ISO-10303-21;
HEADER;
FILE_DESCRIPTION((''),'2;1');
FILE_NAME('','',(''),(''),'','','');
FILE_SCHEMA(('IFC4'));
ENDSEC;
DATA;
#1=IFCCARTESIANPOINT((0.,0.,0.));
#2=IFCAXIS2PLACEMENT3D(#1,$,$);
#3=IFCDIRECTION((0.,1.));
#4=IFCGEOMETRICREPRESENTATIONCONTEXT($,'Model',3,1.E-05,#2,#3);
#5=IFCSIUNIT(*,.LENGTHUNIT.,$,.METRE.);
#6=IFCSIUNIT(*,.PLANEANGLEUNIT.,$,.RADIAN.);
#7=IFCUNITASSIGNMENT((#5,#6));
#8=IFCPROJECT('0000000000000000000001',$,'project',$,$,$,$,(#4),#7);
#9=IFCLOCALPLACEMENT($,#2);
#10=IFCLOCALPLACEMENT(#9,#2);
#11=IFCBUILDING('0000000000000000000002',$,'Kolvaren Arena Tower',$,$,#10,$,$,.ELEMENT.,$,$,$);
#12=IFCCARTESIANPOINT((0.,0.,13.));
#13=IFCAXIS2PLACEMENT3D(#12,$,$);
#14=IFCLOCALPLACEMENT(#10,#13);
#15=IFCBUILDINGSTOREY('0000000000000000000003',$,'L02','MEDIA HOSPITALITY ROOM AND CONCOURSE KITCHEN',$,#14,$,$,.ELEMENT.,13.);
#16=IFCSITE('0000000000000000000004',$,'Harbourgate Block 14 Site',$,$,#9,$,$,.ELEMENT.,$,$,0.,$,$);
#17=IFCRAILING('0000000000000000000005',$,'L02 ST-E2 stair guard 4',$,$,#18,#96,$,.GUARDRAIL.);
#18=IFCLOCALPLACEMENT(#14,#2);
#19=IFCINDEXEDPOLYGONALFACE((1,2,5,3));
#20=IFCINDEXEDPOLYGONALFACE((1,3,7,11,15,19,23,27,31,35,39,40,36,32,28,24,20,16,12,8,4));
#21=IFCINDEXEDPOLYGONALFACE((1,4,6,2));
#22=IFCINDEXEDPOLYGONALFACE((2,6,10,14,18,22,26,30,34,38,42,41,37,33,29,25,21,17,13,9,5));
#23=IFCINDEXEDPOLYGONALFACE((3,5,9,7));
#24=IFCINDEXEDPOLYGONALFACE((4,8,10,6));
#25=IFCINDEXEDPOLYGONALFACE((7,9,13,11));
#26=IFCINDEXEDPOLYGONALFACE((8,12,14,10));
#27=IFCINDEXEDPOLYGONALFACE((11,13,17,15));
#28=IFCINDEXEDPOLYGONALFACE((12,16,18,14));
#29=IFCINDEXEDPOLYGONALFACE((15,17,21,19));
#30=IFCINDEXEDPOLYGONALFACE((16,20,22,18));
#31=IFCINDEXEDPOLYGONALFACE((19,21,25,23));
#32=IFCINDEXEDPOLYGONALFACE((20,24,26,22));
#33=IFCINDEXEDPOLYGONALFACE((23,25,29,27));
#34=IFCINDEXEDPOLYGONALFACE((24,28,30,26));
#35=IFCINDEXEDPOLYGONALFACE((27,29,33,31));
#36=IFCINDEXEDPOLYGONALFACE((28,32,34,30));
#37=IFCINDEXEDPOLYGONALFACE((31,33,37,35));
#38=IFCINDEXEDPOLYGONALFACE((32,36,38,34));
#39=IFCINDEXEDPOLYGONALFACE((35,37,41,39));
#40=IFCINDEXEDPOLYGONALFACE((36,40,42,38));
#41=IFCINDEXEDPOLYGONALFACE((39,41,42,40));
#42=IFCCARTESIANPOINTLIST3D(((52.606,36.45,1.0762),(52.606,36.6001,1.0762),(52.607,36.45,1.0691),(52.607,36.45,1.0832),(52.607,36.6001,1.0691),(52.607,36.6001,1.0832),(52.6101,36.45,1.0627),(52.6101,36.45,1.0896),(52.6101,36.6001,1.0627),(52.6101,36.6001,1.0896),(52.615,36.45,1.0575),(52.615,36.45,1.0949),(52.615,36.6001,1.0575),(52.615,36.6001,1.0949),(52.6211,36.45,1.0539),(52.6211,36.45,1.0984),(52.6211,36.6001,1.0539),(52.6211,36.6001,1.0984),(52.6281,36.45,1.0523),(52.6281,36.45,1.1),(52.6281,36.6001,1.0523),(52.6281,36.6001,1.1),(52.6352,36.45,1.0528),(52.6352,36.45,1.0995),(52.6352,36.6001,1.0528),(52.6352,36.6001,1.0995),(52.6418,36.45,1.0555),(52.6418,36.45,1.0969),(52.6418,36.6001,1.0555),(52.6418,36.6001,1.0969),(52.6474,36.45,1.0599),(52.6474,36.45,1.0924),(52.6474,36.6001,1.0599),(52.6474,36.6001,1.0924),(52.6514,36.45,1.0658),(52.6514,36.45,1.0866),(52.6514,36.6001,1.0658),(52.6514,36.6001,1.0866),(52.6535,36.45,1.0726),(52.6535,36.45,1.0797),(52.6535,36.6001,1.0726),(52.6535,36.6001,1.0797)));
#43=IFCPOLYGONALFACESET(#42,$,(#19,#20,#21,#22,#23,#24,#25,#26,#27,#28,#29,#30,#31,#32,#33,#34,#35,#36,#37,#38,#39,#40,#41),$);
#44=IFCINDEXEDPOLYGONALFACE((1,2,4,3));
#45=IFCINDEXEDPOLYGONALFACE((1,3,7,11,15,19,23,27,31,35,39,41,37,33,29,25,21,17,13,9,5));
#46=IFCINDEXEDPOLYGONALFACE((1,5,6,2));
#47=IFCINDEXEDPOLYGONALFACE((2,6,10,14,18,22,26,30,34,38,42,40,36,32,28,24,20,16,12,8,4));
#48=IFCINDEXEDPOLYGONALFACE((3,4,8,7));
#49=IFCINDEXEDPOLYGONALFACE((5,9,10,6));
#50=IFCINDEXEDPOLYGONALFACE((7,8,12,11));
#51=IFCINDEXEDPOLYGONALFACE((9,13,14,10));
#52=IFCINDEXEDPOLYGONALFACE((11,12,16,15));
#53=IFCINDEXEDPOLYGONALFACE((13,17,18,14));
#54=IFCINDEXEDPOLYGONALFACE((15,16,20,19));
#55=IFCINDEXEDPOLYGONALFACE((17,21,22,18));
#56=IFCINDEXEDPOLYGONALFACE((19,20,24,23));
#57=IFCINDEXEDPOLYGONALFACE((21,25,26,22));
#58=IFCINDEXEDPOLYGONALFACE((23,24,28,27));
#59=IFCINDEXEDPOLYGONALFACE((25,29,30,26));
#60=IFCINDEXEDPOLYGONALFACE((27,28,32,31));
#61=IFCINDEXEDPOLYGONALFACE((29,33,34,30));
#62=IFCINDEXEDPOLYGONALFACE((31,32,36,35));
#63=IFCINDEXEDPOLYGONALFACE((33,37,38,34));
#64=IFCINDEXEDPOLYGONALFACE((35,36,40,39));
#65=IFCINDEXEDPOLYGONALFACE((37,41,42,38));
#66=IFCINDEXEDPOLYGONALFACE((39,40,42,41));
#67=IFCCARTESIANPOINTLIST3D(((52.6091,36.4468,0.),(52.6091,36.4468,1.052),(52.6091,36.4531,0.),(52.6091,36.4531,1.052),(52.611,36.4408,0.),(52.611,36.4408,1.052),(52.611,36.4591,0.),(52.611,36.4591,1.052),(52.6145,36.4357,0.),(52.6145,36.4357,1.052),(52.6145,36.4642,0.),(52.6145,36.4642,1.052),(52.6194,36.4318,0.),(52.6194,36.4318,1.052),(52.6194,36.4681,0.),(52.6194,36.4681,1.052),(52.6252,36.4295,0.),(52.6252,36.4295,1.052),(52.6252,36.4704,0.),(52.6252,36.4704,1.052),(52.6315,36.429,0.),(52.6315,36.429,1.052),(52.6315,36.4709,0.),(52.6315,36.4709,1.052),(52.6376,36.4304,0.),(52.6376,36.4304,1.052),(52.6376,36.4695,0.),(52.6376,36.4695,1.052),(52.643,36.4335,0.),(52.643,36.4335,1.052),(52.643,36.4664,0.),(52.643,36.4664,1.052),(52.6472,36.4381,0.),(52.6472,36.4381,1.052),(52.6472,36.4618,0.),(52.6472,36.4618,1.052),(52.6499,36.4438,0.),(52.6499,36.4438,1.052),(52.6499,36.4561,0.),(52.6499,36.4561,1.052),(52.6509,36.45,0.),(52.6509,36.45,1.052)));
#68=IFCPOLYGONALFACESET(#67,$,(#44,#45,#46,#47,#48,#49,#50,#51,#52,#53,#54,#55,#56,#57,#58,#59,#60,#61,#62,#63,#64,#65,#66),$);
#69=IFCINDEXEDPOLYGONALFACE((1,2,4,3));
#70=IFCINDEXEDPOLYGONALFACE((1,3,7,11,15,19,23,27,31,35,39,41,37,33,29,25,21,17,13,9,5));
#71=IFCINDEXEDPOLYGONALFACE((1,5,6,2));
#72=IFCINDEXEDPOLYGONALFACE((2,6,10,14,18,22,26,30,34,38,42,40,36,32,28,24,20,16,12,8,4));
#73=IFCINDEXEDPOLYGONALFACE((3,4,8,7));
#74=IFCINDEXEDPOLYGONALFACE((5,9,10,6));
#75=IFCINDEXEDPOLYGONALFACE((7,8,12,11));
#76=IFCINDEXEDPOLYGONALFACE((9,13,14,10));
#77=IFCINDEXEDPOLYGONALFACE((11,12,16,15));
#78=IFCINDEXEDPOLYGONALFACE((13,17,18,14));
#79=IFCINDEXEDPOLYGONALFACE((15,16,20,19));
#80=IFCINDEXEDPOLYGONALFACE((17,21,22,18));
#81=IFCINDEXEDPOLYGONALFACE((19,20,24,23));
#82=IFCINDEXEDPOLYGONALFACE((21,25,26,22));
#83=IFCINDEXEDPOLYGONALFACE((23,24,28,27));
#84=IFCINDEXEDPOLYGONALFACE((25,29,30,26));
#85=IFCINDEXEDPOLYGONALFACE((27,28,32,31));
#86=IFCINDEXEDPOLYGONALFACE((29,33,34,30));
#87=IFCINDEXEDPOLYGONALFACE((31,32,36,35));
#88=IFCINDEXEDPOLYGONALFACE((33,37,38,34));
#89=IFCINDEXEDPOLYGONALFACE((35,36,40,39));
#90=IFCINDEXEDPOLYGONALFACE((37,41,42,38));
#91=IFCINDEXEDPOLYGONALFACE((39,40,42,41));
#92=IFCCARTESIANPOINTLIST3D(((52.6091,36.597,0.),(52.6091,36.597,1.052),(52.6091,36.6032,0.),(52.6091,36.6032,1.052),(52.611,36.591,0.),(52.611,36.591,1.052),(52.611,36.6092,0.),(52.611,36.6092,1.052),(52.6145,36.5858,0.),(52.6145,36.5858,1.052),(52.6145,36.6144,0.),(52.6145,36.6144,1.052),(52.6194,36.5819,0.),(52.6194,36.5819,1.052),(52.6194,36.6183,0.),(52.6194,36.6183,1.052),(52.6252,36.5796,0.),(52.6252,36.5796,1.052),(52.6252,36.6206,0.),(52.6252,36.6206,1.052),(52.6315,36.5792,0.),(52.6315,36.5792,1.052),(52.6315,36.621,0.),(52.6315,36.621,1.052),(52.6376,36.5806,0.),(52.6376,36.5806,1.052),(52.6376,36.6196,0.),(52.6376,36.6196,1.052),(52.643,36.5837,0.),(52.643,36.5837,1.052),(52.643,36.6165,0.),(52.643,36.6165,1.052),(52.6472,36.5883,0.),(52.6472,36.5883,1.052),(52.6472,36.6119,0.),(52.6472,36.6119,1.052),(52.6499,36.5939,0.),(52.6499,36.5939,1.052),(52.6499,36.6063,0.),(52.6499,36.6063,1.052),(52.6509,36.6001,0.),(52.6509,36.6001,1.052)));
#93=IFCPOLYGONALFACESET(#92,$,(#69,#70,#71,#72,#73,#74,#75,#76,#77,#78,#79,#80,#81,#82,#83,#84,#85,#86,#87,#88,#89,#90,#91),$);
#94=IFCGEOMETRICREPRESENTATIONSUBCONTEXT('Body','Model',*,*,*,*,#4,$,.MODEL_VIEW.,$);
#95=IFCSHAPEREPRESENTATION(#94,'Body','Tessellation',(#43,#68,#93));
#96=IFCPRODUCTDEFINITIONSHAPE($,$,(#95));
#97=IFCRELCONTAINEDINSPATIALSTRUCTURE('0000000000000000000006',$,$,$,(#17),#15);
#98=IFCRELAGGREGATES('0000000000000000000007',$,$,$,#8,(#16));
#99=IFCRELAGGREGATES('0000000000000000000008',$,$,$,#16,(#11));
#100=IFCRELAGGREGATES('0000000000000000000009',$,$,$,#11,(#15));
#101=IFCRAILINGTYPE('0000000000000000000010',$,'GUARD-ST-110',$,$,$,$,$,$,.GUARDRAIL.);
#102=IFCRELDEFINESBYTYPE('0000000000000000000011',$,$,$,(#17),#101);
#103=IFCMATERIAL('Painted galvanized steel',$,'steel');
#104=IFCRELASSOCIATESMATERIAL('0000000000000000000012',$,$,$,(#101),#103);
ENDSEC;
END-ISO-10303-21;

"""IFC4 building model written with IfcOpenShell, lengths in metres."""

from ifc_helpers import new_model, si_unit, direction, frame, origin, origin_2d, place, context, subcontext, project, spatial, circle, extrude, material, type_object, element, save


model = new_model("IFC4")

# Units and contexts
model_context = context("Model", 3, precision=1e-05, world=origin(), true_north=direction((0.0, 1.0)))
body_context = subcontext(model_context, "Body", "Model", "MODEL_VIEW")
ifc_project = project(units=[si_unit("LENGTHUNIT", "METRE"), si_unit("PLANEANGLEUNIT", "RADIAN")], contexts=[model_context])

# Site, building, storey
site_placement = place(None, origin())
site = spatial("IfcSite", under=ifc_project, at=site_placement, Name="Harbourgate Block 14 Site", CompositionType="ELEMENT", RefElevation=0.0)
building_placement = place(site_placement, origin())
building = spatial("IfcBuilding", under=site, at=building_placement, Name="Kolvaren Arena Tower", CompositionType="ELEMENT")
storey_placement = place(building_placement, frame((0.0, 0.0, 13.0)))
storey = spatial("IfcBuildingStorey", under=building, at=storey_placement, Name="L02", Description="MEDIA HOSPITALITY ROOM AND CONCOURSE KITCHEN", CompositionType="ELEMENT", Elevation=13.0)

# Railing
ifc_material_1 = material(Name="Painted galvanized steel", Category="steel")
railing_type_1 = type_object("IfcRailingType", Name="GUARD-ST-110", PredefinedType="GUARDRAIL", material=ifc_material_1)
railing_1_placement = place(storey_placement, frame((52.6299, 36.45, 0.0)))
element("IfcRailing", 1, at=railing_1_placement, inside=storey, type_object=railing_type_1, Name="L02 ST-E2 stair guard 4", PredefinedType="GUARDRAIL", context=body_context, shape_type="SweptSolid", body=[
    extrude(circle(Radius=0.0239, at=origin_2d()), frame((0.0, 0.0, 1.0762), z_axis=(0.0, 1.0, 0.0), x_axis=(-1.0, 0.0, 0.0)), (0.0, 0.0, 1.0), 0.1501),
    extrude(circle(Radius=0.021, at=origin_2d()), origin(), (0.0, 0.0, 1.0), 1.052),
    extrude(circle(Radius=0.021, at=origin_2d()), frame((0.0, 0.1501, 0.0)), (0.0, 0.0, 1.0), 1.052),
])

save(model, "model.ifc")
